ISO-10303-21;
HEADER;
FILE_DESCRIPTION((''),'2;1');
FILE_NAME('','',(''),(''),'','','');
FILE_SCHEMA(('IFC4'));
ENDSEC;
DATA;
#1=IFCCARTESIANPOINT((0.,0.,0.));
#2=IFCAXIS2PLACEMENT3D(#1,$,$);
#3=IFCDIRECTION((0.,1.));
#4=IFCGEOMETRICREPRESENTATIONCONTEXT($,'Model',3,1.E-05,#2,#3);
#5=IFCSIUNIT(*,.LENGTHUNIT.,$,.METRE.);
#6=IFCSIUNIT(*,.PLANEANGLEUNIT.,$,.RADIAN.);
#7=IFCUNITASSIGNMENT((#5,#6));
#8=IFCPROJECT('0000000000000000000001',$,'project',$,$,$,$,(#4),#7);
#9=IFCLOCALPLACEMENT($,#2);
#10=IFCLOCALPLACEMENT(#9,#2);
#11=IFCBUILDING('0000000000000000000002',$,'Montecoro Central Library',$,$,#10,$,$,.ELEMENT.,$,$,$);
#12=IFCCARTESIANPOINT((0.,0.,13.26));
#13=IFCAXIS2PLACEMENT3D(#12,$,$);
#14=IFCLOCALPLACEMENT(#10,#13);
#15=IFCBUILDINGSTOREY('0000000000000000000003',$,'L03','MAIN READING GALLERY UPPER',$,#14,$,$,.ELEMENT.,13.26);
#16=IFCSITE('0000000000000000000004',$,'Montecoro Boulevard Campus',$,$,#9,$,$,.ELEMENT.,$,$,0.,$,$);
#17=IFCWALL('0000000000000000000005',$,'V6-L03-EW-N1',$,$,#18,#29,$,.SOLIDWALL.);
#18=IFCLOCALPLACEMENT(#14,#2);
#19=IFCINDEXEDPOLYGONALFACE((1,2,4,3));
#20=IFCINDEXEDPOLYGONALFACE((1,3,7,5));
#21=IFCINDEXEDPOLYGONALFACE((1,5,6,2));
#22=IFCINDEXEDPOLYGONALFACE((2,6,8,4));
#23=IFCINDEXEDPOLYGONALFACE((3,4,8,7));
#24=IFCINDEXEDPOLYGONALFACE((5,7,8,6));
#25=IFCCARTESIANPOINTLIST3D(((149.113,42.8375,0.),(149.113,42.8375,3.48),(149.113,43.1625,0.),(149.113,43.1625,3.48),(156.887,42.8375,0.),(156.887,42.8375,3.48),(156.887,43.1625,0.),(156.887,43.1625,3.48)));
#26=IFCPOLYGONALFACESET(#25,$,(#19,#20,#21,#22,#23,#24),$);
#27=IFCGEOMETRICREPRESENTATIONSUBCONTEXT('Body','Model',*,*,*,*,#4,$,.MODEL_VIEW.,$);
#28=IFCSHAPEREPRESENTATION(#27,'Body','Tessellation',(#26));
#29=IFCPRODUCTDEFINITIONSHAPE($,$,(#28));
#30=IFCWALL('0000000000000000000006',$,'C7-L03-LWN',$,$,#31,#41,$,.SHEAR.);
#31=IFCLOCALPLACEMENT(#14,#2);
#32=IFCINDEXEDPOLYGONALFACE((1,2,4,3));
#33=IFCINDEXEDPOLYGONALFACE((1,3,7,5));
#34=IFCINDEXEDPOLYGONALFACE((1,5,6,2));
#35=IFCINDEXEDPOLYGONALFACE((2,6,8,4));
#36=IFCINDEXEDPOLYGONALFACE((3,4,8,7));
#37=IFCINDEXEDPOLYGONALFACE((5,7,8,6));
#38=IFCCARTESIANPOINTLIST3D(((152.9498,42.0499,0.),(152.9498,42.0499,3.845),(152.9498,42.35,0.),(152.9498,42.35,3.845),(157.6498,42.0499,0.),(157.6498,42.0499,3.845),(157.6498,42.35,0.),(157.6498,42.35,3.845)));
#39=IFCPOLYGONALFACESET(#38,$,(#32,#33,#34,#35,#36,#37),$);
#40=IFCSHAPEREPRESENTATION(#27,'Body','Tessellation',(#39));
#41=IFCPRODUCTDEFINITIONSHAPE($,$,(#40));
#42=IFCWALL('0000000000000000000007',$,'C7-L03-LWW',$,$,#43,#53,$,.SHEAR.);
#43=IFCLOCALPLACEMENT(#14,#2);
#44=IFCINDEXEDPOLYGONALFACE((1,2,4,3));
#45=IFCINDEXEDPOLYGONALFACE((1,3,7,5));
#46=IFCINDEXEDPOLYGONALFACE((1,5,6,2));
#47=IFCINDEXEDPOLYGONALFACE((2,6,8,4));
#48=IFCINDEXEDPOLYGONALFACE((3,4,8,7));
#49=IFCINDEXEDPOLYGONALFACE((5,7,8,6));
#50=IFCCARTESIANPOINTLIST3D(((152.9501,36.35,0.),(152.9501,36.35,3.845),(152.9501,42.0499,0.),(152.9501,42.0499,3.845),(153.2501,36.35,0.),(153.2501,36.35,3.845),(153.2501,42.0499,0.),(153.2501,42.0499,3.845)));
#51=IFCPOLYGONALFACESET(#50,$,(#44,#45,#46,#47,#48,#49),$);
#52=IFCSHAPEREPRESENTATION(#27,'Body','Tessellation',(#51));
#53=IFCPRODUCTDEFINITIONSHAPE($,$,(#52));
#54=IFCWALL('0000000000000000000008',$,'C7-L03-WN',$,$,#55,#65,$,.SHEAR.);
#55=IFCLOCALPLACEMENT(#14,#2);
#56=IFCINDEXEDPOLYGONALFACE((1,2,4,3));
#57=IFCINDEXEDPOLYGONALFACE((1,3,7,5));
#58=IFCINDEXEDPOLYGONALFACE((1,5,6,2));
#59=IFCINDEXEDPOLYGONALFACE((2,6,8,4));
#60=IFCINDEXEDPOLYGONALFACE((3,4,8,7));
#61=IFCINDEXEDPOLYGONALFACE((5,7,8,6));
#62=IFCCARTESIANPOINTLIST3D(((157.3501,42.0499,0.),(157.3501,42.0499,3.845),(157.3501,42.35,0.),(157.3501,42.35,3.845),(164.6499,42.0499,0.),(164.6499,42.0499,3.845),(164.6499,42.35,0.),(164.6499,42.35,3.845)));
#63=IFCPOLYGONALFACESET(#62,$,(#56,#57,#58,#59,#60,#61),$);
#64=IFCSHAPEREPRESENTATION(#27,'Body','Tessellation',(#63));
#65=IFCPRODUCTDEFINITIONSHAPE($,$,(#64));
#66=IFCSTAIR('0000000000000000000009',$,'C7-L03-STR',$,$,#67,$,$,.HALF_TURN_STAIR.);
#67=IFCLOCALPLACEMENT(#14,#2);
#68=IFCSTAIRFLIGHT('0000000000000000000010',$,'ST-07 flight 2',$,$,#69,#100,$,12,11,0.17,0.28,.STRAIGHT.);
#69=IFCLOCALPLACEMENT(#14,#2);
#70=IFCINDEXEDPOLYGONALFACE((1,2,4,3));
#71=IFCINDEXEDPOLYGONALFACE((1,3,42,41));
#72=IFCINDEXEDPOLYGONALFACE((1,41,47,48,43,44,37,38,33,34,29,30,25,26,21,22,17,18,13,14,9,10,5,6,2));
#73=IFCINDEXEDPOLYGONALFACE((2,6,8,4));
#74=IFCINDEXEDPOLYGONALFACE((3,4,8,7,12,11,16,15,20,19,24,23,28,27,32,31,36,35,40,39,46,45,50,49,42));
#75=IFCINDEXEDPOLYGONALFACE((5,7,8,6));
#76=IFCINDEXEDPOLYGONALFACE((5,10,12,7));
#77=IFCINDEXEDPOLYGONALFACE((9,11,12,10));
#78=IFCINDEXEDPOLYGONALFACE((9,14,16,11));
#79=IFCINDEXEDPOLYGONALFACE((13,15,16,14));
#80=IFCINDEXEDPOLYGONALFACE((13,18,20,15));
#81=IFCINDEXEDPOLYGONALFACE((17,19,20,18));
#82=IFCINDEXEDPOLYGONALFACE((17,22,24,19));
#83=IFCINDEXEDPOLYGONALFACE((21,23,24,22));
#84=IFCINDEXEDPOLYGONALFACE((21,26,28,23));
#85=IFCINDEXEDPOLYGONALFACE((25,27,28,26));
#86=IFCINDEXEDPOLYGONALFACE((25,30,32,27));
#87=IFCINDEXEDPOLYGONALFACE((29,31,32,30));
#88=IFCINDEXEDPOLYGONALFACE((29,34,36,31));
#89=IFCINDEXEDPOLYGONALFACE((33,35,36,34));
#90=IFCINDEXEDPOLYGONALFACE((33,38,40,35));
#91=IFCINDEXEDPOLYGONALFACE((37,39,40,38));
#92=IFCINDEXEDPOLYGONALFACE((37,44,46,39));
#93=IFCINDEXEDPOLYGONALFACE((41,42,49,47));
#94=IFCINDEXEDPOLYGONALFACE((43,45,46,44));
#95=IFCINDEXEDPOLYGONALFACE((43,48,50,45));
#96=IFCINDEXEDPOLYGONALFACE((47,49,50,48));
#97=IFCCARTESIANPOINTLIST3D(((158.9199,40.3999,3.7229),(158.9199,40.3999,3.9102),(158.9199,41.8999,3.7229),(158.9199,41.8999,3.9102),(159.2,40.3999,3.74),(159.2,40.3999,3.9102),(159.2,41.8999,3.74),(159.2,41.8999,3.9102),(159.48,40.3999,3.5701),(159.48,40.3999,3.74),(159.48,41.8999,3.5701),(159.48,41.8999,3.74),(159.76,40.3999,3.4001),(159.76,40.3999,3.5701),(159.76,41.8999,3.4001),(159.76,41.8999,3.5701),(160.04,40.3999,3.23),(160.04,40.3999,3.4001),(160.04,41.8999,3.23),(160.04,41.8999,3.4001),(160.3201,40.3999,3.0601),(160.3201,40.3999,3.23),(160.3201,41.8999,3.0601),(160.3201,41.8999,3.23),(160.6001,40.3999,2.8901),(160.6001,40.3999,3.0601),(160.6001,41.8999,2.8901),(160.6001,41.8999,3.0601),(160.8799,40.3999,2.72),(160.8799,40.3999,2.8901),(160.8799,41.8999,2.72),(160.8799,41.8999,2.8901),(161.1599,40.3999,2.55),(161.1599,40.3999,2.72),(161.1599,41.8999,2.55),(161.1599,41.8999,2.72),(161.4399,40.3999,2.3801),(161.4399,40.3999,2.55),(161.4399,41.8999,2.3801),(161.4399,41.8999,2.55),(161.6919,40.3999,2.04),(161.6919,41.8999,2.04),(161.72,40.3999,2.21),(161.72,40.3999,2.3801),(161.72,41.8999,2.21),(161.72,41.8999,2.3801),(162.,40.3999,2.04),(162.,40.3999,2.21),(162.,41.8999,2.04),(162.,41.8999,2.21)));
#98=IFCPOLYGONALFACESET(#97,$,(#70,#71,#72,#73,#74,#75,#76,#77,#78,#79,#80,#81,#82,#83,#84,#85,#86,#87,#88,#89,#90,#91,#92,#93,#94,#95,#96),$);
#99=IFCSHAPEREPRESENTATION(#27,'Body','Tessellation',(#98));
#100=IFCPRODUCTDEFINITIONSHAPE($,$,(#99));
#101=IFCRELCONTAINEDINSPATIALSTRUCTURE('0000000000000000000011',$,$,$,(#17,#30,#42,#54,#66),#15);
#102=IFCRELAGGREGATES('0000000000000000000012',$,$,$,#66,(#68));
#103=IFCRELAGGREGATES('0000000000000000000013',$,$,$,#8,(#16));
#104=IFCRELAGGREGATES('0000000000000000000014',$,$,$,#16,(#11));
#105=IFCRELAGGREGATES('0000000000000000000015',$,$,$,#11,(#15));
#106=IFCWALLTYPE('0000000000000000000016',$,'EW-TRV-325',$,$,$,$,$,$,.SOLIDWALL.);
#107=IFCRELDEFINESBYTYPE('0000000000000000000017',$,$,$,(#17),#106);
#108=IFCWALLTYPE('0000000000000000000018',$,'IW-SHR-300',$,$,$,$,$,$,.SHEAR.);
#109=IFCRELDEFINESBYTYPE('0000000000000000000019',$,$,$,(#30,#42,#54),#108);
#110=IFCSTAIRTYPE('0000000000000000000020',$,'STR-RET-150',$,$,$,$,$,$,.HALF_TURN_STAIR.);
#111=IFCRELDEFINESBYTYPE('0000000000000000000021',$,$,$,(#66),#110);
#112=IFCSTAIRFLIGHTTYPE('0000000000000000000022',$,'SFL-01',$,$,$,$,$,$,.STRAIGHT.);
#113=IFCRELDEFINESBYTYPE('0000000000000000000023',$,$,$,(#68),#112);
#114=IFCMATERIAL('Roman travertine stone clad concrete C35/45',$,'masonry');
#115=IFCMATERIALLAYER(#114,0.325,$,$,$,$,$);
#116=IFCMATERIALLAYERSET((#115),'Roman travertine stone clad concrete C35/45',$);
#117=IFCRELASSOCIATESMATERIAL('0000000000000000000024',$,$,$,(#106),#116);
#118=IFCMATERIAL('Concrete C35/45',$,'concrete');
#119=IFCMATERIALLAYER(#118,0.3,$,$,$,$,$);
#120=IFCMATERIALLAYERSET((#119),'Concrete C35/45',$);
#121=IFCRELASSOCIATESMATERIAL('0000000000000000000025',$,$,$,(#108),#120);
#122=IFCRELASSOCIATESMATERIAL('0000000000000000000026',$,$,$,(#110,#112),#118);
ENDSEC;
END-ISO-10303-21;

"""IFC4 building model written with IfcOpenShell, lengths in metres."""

from ifc_helpers import new_model, si_unit, direction, frame, frame_2d, origin, place, context, subcontext, project, spatial, polyline, rectangle, outline, extrude, material, layer, layer_set, type_object, element, aggregate, save


model = new_model("IFC4")

# Units and contexts
model_context = context("Model", 3, precision=1e-05, world=origin(), true_north=direction((0.0, 1.0)))
body_context = subcontext(model_context, "Body", "Model", "MODEL_VIEW")
ifc_project = project(units=[si_unit("LENGTHUNIT", "METRE"), si_unit("PLANEANGLEUNIT", "RADIAN")], contexts=[model_context])

# Site, building, storey
site_placement = place(None, origin())
site = spatial("IfcSite", under=ifc_project, at=site_placement, Name="Montecoro Boulevard Campus", CompositionType="ELEMENT", RefElevation=0.0)
building_placement = place(site_placement, origin())
building = spatial("IfcBuilding", under=site, at=building_placement, Name="Montecoro Central Library", CompositionType="ELEMENT")
storey_placement = place(building_placement, frame((0.0, 0.0, 13.26)))
storey = spatial("IfcBuildingStorey", under=building, at=storey_placement, Name="L03", Description="MAIN READING GALLERY UPPER", CompositionType="ELEMENT", Elevation=13.26)

# Shared definitions
ifc_material_1 = material(Name="Roman travertine stone clad concrete C35/45", Category="masonry")
ifc_layer_1 = layer(ifc_material_1, 0.325)
ifc_layer_set_1 = layer_set([ifc_layer_1], Name="Roman travertine stone clad concrete C35/45")
wall_type_1 = type_object("IfcWallType", Name="EW-TRV-325", PredefinedType="SOLIDWALL", material=ifc_layer_set_1)

# Walls
wall_1_placement = place(storey_placement, frame((156.887, 43.0, 0.0), z_axis=(0.0, 0.0, 1.0), x_axis=(-1.0, 0.0, 0.0)))
element("IfcWall", 1, at=wall_1_placement, inside=storey, type_object=wall_type_1, Name="V6-L03-EW-N1", PredefinedType="SOLIDWALL", context=body_context, shape_type="SweptSolid", body=[
    extrude(rectangle(XDim=7.7739, YDim=0.325, at=frame_2d((3.887, 0.0))), origin(), (0.0, 0.0, 1.0), 3.48),
])
ifc_material_2 = material(Name="Concrete C35/45", Category="concrete")
ifc_layer_2 = layer(ifc_material_2, 0.3)
ifc_layer_set_2 = layer_set([ifc_layer_2], Name="Concrete C35/45")
wall_type_2 = type_object("IfcWallType", Name="IW-SHR-300", PredefinedType="SHEAR", material=ifc_layer_set_2)
wall_2_placement = place(storey_placement, frame((157.6499, 42.2, 0.0), z_axis=(0.0, 0.0, 1.0), x_axis=(-1.0, 0.0, 0.0)))
element("IfcWall", 2, at=wall_2_placement, inside=storey, type_object=wall_type_2, Name="C7-L03-LWN", PredefinedType="SHEAR", context=body_context, shape_type="SweptSolid", body=[
    extrude(rectangle(XDim=4.7, YDim=0.3, at=frame_2d((2.3501, 0.0))), origin(), (0.0, 0.0, 1.0), 3.845),
])
wall_3_placement = place(storey_placement, frame((153.1001, 42.05, 0.0), z_axis=(0.0, 0.0, 1.0), x_axis=(0.0, -1.0, 0.0)))
element("IfcWall", 3, at=wall_3_placement, inside=storey, type_object=wall_type_2, Name="C7-L03-LWW", PredefinedType="SHEAR", context=body_context, shape_type="SweptSolid", body=[
    extrude(rectangle(XDim=5.7, YDim=0.3, at=frame_2d((2.8501, 0.0))), origin(), (0.0, 0.0, 1.0), 3.845),
])
wall_4_placement = place(storey_placement, frame((157.3501, 42.2, 0.0), z_axis=(0.0, 0.0, 1.0), x_axis=(1.0, 0.0, 0.0)))
element("IfcWall", 4, at=wall_4_placement, inside=storey, type_object=wall_type_2, Name="C7-L03-WN", PredefinedType="SHEAR", context=body_context, shape_type="SweptSolid", body=[
    extrude(rectangle(XDim=7.2998, YDim=0.3, at=frame_2d((3.6499, 0.0))), origin(), (0.0, 0.0, 1.0), 3.845),
])

# Stair, stair flight
stair_type = type_object("IfcStairType", Name="STR-RET-150", PredefinedType="HALF_TURN_STAIR", material=ifc_material_2)
stair_placement = place(storey_placement, origin())
stair = element("IfcStair", 5, at=stair_placement, inside=storey, type_object=stair_type, Name="C7-L03-STR", PredefinedType="HALF_TURN_STAIR")
stair_flight_type = type_object("IfcStairFlightType", Name="SFL-01", PredefinedType="STRAIGHT", material=ifc_material_2)
stair_flight_placement = place(storey_placement, frame((162.0, 41.1499, 2.04), z_axis=(0.0, 0.0, 1.0), x_axis=(-1.0, 0.0, 0.0)))
stair_flight = element("IfcStairFlight", 6, at=stair_flight_placement, type_object=stair_flight_type, Name="ST-07 flight 2", NumberOfRisers=12, NumberOfTreads=11, PredefinedType="STRAIGHT", RiserHeight=0.17, TreadLength=0.28, context=body_context, shape_type="SweptSolid", body=[
    extrude(outline(polyline([(0.0, 0.0), (0.0, 0.1699), (0.28, 0.1699), (0.28, 0.3401), (0.5601, 0.3401), (0.5601, 0.51), (0.8401, 0.51), (0.8401, 0.6799), (1.1201, 0.6799), (1.1201, 0.8501), (1.3999, 0.8501), (1.3999, 1.02), (1.6799, 1.02), (1.6799, 1.1899), (1.96, 1.1899), (1.96, 1.3601), (2.24, 1.3601), (2.24, 1.53), (2.52, 1.53), (2.52, 1.7), (2.8, 1.7), (2.8, 1.8701), (3.0801, 1.8701), (3.0801, 2.04), (3.0801, 1.6829), (0.3081, 0.0), (0.0, 0.0)])), frame((0.0, 0.75, 0.0), z_axis=(0.0, -1.0, 0.0), x_axis=(1.0, 0.0, 0.0)), (0.0, 0.0, 1.0), 1.5),
])
aggregate(stair, [stair_flight])

save(model, "model.ifc")
